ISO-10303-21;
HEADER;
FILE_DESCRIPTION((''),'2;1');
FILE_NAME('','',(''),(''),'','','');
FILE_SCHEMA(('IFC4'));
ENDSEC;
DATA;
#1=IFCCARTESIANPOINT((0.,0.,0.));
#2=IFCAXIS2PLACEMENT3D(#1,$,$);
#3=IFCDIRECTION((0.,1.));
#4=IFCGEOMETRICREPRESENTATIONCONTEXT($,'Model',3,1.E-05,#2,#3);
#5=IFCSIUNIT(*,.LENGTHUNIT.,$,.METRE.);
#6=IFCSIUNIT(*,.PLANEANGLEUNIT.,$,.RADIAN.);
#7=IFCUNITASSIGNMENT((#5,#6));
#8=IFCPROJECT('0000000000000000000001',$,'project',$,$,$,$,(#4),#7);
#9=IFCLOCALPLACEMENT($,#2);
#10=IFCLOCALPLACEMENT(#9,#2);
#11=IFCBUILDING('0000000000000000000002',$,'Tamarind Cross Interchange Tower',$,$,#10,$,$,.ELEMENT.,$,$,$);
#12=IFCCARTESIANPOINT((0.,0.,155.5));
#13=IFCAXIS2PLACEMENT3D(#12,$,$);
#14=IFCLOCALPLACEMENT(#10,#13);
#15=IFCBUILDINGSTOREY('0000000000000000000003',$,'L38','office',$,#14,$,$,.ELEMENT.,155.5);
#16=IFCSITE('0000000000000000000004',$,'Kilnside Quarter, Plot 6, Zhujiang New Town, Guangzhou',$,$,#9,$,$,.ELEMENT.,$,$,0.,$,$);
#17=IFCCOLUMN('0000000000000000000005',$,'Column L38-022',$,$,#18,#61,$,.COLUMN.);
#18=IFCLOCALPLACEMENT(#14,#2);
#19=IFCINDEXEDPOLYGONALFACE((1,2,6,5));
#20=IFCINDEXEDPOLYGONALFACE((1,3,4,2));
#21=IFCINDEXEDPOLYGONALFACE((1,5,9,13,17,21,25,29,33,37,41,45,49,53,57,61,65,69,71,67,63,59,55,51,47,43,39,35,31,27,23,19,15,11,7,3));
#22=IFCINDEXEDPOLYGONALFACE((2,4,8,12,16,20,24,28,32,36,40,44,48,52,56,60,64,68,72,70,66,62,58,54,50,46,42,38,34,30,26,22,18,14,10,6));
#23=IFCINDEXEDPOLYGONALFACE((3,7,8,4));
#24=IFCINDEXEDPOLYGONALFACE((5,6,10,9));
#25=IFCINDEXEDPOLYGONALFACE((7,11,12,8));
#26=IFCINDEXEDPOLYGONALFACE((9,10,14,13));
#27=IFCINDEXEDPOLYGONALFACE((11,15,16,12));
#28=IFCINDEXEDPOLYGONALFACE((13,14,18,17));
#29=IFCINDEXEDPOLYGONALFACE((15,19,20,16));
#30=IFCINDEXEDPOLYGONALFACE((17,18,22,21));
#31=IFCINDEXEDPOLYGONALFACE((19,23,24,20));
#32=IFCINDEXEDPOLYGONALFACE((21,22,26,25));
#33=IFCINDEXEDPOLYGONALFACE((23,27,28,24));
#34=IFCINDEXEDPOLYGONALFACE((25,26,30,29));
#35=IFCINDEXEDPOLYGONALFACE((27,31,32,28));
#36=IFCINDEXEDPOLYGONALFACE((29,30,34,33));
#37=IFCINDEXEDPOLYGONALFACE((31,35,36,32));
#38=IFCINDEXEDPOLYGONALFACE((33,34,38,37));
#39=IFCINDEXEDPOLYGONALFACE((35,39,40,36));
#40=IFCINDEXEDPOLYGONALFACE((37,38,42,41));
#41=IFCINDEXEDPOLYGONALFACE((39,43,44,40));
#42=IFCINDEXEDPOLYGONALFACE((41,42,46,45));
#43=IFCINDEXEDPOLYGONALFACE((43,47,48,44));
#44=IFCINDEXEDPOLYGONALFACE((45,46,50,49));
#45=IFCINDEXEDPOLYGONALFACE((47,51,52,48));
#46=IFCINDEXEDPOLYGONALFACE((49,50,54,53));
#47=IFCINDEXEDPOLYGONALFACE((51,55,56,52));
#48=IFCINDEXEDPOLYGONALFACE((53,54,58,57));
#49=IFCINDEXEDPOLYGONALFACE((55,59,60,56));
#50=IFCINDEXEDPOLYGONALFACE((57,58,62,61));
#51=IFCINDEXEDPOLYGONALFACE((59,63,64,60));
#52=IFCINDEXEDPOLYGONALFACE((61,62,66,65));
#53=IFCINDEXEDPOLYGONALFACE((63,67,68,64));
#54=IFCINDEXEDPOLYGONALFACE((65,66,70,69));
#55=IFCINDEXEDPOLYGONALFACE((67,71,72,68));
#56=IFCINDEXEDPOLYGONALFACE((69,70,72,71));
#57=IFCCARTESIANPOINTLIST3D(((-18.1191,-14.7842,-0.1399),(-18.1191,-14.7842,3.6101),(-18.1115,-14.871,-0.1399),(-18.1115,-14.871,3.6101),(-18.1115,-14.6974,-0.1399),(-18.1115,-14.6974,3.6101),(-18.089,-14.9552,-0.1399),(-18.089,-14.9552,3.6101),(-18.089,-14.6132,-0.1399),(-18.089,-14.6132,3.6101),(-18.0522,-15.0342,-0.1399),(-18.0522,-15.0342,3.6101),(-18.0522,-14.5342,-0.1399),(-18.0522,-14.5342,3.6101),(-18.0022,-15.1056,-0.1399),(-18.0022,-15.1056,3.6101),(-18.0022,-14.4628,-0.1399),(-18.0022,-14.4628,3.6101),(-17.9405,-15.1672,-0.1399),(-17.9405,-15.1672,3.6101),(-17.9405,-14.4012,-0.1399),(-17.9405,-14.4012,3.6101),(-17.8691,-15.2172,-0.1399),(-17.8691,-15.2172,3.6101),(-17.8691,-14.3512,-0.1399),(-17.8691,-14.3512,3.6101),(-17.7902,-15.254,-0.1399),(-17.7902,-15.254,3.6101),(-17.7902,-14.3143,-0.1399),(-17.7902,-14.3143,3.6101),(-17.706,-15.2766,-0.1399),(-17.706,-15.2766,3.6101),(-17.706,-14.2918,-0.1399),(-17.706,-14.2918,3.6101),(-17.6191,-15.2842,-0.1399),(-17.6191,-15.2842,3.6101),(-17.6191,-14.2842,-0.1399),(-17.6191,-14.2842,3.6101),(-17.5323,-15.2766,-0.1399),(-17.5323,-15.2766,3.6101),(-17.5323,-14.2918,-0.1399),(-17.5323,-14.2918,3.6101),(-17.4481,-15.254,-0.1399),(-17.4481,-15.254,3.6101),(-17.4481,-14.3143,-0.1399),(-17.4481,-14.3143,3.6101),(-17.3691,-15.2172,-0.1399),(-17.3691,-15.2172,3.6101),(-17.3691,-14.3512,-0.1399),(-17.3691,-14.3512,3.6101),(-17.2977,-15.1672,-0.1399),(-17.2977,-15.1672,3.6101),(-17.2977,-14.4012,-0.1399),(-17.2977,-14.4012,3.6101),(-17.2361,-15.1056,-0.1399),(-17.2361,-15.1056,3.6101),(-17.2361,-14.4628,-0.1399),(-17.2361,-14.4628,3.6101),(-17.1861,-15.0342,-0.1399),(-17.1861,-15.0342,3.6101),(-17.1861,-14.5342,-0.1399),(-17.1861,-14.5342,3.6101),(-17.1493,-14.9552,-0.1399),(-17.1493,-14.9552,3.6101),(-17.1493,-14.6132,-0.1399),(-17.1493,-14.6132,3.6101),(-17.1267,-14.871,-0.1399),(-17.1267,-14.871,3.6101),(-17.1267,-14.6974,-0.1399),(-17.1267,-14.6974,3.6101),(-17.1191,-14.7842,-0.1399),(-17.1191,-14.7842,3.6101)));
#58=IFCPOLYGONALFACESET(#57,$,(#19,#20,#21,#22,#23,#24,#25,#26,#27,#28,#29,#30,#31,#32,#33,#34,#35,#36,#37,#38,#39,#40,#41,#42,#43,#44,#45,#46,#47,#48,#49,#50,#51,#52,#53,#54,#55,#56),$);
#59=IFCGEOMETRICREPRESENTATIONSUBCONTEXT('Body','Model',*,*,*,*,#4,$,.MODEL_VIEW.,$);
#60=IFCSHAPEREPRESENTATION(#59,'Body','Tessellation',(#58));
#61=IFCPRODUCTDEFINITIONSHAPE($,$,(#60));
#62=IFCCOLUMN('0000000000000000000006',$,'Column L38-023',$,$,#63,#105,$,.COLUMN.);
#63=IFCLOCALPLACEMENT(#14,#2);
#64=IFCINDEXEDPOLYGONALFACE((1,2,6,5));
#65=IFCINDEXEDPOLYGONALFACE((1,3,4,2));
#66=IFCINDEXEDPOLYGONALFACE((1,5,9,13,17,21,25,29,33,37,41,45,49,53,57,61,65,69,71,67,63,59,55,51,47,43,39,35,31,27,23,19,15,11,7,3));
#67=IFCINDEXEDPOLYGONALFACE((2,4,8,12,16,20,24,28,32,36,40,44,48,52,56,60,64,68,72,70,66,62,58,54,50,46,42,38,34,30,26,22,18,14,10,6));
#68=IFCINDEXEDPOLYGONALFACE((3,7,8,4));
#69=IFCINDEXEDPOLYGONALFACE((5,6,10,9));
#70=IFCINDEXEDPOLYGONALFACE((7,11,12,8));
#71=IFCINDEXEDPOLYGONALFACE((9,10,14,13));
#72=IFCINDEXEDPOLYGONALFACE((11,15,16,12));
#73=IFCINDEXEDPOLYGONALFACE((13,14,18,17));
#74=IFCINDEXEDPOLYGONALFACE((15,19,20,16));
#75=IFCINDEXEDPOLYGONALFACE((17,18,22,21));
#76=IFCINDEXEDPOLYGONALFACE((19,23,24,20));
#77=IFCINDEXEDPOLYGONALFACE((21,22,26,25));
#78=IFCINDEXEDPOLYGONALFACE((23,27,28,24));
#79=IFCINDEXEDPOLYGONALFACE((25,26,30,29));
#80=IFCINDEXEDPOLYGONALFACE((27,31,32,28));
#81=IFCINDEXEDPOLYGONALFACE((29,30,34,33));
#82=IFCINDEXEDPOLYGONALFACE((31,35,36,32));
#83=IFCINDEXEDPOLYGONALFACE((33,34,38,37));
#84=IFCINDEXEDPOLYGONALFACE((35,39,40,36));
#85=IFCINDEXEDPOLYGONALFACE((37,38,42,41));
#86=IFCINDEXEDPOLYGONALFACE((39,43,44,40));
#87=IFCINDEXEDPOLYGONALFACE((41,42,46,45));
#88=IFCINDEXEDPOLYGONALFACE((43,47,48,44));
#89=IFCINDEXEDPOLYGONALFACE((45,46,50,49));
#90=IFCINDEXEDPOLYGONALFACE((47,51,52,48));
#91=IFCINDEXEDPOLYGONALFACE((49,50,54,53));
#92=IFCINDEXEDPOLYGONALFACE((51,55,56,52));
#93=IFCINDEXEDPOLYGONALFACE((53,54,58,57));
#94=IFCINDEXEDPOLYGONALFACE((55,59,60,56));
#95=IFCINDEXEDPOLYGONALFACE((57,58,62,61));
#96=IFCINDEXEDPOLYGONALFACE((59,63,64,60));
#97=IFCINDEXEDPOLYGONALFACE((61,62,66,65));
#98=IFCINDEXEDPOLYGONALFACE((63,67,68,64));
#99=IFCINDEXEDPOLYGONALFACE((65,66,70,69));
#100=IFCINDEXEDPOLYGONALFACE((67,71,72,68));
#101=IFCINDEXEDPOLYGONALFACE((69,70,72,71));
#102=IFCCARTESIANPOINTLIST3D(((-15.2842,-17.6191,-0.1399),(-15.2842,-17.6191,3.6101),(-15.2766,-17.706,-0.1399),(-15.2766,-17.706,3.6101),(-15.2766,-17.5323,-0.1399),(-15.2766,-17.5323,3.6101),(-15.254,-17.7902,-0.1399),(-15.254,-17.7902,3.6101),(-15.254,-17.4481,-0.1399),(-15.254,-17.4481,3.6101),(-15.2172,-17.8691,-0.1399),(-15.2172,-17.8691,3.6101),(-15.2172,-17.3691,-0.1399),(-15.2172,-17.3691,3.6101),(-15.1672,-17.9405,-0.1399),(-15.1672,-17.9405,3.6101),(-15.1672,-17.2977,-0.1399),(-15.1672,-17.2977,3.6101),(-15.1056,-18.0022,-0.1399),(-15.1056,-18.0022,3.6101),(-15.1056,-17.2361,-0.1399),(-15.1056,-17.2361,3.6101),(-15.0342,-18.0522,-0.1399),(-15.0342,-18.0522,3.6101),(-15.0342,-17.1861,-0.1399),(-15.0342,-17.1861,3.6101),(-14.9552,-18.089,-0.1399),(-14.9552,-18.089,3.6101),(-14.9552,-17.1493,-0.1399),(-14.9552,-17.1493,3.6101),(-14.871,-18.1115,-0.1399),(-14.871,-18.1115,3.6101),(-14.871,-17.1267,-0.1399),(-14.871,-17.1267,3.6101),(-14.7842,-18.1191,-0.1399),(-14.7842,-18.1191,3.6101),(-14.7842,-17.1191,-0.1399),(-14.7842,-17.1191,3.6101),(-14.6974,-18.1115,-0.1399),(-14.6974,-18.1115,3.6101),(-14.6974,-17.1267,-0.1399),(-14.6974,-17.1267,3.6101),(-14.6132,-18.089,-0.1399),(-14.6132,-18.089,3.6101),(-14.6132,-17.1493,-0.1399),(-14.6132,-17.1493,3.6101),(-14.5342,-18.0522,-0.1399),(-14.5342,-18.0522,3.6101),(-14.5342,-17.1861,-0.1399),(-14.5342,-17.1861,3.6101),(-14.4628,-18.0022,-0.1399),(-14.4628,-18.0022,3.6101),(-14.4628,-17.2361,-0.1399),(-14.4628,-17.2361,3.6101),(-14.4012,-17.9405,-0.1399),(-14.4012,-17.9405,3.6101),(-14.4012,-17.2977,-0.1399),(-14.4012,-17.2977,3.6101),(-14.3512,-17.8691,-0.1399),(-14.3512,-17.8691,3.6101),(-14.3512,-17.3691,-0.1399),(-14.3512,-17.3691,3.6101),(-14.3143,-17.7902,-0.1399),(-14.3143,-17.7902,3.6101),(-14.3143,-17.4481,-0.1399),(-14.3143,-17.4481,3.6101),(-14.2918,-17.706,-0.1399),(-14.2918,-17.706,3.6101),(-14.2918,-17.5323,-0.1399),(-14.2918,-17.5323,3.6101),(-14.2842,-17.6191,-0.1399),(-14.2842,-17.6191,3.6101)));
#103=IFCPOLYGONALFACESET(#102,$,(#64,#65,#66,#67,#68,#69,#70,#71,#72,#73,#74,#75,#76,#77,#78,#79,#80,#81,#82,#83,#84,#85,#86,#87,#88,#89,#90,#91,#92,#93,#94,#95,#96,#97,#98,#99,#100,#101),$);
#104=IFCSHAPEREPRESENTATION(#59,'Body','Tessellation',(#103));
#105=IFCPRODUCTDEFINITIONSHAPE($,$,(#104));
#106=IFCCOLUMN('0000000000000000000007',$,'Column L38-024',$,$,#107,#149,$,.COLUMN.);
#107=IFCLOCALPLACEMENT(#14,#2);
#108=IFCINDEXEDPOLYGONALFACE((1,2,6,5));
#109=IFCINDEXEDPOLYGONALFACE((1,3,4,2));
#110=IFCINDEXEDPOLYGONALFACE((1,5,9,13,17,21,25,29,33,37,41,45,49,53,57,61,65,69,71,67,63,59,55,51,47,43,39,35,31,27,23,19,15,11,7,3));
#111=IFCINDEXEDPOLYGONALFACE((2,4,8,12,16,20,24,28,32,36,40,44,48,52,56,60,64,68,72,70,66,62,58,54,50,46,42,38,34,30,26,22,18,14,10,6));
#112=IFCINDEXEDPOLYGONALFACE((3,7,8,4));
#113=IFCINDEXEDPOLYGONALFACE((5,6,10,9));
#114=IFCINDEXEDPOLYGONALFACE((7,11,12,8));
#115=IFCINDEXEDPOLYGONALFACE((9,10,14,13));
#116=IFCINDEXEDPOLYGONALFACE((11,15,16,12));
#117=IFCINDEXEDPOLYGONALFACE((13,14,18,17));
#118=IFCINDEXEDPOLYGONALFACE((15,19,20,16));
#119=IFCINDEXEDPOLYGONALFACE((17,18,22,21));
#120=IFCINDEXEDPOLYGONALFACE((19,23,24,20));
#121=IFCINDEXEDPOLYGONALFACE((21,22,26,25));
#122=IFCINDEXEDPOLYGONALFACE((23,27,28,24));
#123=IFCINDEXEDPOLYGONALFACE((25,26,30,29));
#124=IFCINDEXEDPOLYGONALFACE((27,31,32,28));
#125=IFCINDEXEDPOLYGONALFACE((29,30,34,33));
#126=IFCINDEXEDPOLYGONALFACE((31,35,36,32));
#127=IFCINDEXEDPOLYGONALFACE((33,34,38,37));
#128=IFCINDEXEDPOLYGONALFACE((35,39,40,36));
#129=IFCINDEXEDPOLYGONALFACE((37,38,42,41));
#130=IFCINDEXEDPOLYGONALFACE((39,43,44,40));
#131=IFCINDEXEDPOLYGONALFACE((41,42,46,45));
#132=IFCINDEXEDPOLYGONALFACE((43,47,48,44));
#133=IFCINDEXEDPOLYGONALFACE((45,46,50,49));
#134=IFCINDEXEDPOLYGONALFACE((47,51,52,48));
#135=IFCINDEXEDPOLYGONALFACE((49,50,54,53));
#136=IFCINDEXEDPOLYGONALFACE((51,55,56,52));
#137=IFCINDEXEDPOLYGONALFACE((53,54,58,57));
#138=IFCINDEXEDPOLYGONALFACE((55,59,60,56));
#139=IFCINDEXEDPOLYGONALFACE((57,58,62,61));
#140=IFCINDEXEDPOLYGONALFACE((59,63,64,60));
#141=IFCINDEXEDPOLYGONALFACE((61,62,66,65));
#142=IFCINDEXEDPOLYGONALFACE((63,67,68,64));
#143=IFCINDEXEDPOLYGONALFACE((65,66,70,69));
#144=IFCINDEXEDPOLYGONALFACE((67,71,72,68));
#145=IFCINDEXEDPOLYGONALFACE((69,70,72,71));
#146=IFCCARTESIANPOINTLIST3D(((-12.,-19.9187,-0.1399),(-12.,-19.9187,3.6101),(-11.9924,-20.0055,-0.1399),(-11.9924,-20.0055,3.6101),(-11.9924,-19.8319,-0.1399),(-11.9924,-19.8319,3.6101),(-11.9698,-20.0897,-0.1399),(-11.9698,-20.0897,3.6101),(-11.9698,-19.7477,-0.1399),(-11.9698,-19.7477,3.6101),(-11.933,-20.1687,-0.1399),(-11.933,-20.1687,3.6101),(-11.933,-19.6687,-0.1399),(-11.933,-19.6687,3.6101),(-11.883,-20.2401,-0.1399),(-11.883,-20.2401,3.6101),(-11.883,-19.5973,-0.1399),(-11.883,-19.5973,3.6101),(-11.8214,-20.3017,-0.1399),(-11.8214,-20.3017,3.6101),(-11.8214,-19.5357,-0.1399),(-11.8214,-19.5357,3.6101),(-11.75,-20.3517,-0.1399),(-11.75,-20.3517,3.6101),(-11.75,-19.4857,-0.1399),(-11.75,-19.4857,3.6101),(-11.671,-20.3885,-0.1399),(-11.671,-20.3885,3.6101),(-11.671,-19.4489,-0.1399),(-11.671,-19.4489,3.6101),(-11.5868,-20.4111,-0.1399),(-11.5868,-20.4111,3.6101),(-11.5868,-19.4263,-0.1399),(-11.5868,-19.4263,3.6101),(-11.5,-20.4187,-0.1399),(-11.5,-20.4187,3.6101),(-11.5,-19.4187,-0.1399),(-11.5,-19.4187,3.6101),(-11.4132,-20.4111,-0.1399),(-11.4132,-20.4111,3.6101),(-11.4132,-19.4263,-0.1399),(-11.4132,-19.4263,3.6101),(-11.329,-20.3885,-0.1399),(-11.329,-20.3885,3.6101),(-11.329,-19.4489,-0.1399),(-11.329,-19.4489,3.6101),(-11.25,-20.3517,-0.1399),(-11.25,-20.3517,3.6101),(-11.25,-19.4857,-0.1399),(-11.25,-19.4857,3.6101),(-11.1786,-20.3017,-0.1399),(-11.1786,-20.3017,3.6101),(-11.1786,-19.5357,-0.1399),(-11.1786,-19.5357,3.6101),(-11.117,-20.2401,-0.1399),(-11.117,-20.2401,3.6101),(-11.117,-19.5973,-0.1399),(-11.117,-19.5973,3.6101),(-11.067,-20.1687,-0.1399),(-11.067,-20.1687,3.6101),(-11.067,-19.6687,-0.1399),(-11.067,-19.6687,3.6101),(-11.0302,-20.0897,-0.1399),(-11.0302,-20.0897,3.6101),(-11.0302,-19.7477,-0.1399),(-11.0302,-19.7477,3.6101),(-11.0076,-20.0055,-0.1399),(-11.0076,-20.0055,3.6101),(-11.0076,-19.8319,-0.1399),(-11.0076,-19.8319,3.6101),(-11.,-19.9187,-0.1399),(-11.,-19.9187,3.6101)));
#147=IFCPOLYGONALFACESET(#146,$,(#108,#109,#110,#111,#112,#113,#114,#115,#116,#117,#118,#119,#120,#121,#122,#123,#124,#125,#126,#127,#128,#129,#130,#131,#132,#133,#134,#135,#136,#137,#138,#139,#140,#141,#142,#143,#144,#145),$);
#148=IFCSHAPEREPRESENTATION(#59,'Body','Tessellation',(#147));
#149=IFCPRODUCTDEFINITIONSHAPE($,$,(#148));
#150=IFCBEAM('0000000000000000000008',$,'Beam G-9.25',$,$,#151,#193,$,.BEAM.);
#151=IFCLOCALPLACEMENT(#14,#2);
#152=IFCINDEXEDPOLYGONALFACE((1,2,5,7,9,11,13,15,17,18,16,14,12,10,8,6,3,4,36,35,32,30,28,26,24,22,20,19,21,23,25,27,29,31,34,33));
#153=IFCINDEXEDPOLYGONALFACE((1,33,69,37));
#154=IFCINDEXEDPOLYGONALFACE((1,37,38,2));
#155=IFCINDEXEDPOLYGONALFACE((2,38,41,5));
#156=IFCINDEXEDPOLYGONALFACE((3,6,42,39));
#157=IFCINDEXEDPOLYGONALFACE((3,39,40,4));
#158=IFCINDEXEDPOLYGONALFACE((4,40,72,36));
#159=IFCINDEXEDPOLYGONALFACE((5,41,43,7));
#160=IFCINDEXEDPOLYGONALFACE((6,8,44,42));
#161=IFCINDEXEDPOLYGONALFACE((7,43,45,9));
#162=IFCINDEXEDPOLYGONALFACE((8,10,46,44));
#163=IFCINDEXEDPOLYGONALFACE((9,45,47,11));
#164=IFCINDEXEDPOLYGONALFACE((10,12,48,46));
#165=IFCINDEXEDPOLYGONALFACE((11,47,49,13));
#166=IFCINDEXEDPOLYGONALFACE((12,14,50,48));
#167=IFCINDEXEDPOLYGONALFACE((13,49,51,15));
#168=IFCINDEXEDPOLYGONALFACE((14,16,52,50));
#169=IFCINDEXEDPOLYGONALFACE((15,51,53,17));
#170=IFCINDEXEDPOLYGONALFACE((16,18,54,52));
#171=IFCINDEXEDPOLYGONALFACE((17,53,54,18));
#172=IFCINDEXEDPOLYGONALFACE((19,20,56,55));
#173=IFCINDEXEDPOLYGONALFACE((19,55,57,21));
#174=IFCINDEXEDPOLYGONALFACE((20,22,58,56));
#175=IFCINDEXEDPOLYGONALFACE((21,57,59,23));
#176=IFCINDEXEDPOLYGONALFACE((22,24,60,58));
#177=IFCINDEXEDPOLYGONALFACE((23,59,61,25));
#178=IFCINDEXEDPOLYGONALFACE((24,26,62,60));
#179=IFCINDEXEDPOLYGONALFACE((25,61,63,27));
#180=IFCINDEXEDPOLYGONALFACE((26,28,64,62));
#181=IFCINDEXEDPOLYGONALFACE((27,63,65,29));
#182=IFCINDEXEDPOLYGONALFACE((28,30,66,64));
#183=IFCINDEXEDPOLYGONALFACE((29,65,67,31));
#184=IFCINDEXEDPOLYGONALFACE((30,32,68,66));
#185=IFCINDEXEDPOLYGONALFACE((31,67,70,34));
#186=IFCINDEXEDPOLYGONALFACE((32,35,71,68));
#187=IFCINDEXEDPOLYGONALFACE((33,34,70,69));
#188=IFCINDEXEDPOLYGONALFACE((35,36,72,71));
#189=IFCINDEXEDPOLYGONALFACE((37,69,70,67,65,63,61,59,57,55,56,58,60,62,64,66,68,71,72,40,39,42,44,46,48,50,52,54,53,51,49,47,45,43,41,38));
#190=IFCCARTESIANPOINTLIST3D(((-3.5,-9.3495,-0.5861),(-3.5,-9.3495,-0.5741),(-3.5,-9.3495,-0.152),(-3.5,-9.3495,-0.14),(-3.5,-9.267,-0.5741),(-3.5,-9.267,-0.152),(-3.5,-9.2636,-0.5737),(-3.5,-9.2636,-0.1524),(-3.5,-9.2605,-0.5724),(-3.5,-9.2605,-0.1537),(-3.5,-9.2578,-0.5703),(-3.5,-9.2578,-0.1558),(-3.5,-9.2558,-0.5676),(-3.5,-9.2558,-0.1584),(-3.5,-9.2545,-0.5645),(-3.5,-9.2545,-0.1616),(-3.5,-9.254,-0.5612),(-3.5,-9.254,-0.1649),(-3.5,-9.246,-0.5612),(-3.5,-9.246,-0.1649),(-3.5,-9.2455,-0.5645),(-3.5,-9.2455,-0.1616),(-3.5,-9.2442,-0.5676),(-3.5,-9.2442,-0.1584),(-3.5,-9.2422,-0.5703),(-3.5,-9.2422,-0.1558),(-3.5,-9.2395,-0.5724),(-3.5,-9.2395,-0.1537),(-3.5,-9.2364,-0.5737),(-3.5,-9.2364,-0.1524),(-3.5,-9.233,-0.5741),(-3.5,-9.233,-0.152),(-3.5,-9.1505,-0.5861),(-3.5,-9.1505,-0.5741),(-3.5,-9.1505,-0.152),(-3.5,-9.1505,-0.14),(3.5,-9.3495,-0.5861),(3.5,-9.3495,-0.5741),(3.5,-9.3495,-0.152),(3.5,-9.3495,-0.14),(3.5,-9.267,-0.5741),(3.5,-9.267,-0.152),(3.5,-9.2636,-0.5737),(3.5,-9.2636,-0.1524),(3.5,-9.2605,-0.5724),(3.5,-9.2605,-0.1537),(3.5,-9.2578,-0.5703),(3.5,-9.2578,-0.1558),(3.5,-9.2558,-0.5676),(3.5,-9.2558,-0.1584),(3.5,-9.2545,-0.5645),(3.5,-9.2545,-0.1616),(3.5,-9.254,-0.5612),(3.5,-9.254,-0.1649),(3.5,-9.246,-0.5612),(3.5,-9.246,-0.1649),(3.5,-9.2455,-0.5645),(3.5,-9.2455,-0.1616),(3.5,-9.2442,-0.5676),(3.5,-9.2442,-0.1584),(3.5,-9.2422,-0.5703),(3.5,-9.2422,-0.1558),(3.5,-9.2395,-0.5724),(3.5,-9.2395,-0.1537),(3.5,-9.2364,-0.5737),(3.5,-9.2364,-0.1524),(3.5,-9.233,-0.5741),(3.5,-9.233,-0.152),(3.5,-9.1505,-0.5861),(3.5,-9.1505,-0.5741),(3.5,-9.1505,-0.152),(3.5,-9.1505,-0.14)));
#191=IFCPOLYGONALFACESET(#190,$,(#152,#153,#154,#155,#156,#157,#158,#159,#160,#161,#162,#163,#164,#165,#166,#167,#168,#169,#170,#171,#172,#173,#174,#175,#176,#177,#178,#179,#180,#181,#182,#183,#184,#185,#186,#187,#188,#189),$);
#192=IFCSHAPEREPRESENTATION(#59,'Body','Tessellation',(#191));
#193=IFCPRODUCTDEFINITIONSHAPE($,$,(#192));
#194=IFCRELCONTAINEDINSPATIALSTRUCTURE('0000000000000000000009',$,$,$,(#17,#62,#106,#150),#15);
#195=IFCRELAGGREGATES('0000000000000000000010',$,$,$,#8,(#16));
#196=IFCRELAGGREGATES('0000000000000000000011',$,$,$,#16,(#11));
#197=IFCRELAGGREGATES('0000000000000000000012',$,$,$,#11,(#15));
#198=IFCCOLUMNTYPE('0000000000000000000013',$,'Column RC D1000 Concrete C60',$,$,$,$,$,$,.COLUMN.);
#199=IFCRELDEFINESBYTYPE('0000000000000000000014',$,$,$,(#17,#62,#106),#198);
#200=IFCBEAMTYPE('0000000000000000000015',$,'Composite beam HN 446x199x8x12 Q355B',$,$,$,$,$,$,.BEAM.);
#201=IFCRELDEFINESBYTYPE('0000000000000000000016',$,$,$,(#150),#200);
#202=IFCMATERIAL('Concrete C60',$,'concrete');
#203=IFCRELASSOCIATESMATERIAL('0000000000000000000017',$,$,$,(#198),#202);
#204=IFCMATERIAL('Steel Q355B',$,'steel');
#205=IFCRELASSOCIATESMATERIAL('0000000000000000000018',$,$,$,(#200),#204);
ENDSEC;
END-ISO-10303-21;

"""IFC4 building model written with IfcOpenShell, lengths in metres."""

from ifc_helpers import new_model, si_unit, direction, frame, origin, origin_2d, place, context, subcontext, project, spatial, circle, i_section, extrude, material, material_profile, profile_set, type_object, element, save


model = new_model("IFC4")

# Units and contexts
model_context = context("Model", 3, precision=1e-05, world=origin(), true_north=direction((0.0, 1.0)))
body_context = subcontext(model_context, "Body", "Model", "MODEL_VIEW")
ifc_project = project(units=[si_unit("LENGTHUNIT", "METRE"), si_unit("PLANEANGLEUNIT", "RADIAN")], contexts=[model_context])

# Site, building, storey
site_placement = place(None, origin())
site = spatial("IfcSite", under=ifc_project, at=site_placement, Name="Kilnside Quarter, Plot 6, Zhujiang New Town, Guangzhou", CompositionType="ELEMENT", RefElevation=0.0)
building_placement = place(site_placement, origin())
building = spatial("IfcBuilding", under=site, at=building_placement, Name="Tamarind Cross Interchange Tower", CompositionType="ELEMENT")
storey_placement = place(building_placement, frame((0.0, 0.0, 155.5)))
storey = spatial("IfcBuildingStorey", under=building, at=storey_placement, Name="L38", Description="office", CompositionType="ELEMENT", Elevation=155.5)

# Columns
ifc_material_1 = material(Name="Concrete C60", Category="concrete")
ifc_material_profile_1 = material_profile(ifc_material_1, circle(Radius=0.5, at=origin_2d()), Name="RC D1000")
ifc_profile_set_1 = profile_set([ifc_material_profile_1], Name="Concrete C60")
column_type = type_object("IfcColumnType", Name="Column RC D1000 Concrete C60", PredefinedType="COLUMN", material=ifc_profile_set_1)
for number, where, z_axis, x_axis, name in (
    (1, (-17.6191, -14.7842, -0.1399), (0.0, 0.0, 1.0), (1.0, 0.0, 0.0), "Column L38-022"),
    (2, (-14.7842, -17.6191, -0.1399), (0.0, 0.0, 1.0), (1.0, 0.0, 0.0), "Column L38-023"),
    (3, (-11.5, -19.9187, -0.1399), (0.0, 0.0, 1.0), (1.0, 0.0, 0.0), "Column L38-024"),
):
    element("IfcColumn", number, at=place(storey_placement, frame(where, z_axis=z_axis, x_axis=x_axis)), inside=storey, type_object=column_type, Name=name, PredefinedType="COLUMN", context=body_context, shape_type="SweptSolid", body=[
        extrude(circle(Radius=0.5, at=origin_2d()), origin(), (0.0, 0.0, 1.0), 3.75),
    ])

# Beam
ifc_material_2 = material(Name="Steel Q355B", Category="steel")
ifc_material_profile_2 = material_profile(ifc_material_2, i_section(OverallWidth=0.199, OverallDepth=0.446, WebThickness=0.0081, FlangeThickness=0.012, FilletRadius=0.0129, at=origin_2d()), Name="HN 446x199x8x12")
ifc_profile_set_2 = profile_set([ifc_material_profile_2], Name="Steel Q355B")
beam_type_1 = type_object("IfcBeamType", Name="Composite beam HN 446x199x8x12 Q355B", PredefinedType="BEAM", material=ifc_profile_set_2)
beam_1_placement = place(storey_placement, frame((-3.5, -9.25, -0.363), z_axis=(1.0, 0.0, 0.0), x_axis=(0.0, 1.0, 0.0)))
element("IfcBeam", 4, at=beam_1_placement, inside=storey, type_object=beam_type_1, Name="Beam G-9.25", PredefinedType="BEAM", context=body_context, shape_type="SweptSolid", body=[
    extrude(i_section(OverallWidth=0.199, OverallDepth=0.446, WebThickness=0.0081, FlangeThickness=0.012, FilletRadius=0.0129, at=origin_2d()), origin(), (0.0, 0.0, 1.0), 7.0),
])

save(model, "model.ifc")
